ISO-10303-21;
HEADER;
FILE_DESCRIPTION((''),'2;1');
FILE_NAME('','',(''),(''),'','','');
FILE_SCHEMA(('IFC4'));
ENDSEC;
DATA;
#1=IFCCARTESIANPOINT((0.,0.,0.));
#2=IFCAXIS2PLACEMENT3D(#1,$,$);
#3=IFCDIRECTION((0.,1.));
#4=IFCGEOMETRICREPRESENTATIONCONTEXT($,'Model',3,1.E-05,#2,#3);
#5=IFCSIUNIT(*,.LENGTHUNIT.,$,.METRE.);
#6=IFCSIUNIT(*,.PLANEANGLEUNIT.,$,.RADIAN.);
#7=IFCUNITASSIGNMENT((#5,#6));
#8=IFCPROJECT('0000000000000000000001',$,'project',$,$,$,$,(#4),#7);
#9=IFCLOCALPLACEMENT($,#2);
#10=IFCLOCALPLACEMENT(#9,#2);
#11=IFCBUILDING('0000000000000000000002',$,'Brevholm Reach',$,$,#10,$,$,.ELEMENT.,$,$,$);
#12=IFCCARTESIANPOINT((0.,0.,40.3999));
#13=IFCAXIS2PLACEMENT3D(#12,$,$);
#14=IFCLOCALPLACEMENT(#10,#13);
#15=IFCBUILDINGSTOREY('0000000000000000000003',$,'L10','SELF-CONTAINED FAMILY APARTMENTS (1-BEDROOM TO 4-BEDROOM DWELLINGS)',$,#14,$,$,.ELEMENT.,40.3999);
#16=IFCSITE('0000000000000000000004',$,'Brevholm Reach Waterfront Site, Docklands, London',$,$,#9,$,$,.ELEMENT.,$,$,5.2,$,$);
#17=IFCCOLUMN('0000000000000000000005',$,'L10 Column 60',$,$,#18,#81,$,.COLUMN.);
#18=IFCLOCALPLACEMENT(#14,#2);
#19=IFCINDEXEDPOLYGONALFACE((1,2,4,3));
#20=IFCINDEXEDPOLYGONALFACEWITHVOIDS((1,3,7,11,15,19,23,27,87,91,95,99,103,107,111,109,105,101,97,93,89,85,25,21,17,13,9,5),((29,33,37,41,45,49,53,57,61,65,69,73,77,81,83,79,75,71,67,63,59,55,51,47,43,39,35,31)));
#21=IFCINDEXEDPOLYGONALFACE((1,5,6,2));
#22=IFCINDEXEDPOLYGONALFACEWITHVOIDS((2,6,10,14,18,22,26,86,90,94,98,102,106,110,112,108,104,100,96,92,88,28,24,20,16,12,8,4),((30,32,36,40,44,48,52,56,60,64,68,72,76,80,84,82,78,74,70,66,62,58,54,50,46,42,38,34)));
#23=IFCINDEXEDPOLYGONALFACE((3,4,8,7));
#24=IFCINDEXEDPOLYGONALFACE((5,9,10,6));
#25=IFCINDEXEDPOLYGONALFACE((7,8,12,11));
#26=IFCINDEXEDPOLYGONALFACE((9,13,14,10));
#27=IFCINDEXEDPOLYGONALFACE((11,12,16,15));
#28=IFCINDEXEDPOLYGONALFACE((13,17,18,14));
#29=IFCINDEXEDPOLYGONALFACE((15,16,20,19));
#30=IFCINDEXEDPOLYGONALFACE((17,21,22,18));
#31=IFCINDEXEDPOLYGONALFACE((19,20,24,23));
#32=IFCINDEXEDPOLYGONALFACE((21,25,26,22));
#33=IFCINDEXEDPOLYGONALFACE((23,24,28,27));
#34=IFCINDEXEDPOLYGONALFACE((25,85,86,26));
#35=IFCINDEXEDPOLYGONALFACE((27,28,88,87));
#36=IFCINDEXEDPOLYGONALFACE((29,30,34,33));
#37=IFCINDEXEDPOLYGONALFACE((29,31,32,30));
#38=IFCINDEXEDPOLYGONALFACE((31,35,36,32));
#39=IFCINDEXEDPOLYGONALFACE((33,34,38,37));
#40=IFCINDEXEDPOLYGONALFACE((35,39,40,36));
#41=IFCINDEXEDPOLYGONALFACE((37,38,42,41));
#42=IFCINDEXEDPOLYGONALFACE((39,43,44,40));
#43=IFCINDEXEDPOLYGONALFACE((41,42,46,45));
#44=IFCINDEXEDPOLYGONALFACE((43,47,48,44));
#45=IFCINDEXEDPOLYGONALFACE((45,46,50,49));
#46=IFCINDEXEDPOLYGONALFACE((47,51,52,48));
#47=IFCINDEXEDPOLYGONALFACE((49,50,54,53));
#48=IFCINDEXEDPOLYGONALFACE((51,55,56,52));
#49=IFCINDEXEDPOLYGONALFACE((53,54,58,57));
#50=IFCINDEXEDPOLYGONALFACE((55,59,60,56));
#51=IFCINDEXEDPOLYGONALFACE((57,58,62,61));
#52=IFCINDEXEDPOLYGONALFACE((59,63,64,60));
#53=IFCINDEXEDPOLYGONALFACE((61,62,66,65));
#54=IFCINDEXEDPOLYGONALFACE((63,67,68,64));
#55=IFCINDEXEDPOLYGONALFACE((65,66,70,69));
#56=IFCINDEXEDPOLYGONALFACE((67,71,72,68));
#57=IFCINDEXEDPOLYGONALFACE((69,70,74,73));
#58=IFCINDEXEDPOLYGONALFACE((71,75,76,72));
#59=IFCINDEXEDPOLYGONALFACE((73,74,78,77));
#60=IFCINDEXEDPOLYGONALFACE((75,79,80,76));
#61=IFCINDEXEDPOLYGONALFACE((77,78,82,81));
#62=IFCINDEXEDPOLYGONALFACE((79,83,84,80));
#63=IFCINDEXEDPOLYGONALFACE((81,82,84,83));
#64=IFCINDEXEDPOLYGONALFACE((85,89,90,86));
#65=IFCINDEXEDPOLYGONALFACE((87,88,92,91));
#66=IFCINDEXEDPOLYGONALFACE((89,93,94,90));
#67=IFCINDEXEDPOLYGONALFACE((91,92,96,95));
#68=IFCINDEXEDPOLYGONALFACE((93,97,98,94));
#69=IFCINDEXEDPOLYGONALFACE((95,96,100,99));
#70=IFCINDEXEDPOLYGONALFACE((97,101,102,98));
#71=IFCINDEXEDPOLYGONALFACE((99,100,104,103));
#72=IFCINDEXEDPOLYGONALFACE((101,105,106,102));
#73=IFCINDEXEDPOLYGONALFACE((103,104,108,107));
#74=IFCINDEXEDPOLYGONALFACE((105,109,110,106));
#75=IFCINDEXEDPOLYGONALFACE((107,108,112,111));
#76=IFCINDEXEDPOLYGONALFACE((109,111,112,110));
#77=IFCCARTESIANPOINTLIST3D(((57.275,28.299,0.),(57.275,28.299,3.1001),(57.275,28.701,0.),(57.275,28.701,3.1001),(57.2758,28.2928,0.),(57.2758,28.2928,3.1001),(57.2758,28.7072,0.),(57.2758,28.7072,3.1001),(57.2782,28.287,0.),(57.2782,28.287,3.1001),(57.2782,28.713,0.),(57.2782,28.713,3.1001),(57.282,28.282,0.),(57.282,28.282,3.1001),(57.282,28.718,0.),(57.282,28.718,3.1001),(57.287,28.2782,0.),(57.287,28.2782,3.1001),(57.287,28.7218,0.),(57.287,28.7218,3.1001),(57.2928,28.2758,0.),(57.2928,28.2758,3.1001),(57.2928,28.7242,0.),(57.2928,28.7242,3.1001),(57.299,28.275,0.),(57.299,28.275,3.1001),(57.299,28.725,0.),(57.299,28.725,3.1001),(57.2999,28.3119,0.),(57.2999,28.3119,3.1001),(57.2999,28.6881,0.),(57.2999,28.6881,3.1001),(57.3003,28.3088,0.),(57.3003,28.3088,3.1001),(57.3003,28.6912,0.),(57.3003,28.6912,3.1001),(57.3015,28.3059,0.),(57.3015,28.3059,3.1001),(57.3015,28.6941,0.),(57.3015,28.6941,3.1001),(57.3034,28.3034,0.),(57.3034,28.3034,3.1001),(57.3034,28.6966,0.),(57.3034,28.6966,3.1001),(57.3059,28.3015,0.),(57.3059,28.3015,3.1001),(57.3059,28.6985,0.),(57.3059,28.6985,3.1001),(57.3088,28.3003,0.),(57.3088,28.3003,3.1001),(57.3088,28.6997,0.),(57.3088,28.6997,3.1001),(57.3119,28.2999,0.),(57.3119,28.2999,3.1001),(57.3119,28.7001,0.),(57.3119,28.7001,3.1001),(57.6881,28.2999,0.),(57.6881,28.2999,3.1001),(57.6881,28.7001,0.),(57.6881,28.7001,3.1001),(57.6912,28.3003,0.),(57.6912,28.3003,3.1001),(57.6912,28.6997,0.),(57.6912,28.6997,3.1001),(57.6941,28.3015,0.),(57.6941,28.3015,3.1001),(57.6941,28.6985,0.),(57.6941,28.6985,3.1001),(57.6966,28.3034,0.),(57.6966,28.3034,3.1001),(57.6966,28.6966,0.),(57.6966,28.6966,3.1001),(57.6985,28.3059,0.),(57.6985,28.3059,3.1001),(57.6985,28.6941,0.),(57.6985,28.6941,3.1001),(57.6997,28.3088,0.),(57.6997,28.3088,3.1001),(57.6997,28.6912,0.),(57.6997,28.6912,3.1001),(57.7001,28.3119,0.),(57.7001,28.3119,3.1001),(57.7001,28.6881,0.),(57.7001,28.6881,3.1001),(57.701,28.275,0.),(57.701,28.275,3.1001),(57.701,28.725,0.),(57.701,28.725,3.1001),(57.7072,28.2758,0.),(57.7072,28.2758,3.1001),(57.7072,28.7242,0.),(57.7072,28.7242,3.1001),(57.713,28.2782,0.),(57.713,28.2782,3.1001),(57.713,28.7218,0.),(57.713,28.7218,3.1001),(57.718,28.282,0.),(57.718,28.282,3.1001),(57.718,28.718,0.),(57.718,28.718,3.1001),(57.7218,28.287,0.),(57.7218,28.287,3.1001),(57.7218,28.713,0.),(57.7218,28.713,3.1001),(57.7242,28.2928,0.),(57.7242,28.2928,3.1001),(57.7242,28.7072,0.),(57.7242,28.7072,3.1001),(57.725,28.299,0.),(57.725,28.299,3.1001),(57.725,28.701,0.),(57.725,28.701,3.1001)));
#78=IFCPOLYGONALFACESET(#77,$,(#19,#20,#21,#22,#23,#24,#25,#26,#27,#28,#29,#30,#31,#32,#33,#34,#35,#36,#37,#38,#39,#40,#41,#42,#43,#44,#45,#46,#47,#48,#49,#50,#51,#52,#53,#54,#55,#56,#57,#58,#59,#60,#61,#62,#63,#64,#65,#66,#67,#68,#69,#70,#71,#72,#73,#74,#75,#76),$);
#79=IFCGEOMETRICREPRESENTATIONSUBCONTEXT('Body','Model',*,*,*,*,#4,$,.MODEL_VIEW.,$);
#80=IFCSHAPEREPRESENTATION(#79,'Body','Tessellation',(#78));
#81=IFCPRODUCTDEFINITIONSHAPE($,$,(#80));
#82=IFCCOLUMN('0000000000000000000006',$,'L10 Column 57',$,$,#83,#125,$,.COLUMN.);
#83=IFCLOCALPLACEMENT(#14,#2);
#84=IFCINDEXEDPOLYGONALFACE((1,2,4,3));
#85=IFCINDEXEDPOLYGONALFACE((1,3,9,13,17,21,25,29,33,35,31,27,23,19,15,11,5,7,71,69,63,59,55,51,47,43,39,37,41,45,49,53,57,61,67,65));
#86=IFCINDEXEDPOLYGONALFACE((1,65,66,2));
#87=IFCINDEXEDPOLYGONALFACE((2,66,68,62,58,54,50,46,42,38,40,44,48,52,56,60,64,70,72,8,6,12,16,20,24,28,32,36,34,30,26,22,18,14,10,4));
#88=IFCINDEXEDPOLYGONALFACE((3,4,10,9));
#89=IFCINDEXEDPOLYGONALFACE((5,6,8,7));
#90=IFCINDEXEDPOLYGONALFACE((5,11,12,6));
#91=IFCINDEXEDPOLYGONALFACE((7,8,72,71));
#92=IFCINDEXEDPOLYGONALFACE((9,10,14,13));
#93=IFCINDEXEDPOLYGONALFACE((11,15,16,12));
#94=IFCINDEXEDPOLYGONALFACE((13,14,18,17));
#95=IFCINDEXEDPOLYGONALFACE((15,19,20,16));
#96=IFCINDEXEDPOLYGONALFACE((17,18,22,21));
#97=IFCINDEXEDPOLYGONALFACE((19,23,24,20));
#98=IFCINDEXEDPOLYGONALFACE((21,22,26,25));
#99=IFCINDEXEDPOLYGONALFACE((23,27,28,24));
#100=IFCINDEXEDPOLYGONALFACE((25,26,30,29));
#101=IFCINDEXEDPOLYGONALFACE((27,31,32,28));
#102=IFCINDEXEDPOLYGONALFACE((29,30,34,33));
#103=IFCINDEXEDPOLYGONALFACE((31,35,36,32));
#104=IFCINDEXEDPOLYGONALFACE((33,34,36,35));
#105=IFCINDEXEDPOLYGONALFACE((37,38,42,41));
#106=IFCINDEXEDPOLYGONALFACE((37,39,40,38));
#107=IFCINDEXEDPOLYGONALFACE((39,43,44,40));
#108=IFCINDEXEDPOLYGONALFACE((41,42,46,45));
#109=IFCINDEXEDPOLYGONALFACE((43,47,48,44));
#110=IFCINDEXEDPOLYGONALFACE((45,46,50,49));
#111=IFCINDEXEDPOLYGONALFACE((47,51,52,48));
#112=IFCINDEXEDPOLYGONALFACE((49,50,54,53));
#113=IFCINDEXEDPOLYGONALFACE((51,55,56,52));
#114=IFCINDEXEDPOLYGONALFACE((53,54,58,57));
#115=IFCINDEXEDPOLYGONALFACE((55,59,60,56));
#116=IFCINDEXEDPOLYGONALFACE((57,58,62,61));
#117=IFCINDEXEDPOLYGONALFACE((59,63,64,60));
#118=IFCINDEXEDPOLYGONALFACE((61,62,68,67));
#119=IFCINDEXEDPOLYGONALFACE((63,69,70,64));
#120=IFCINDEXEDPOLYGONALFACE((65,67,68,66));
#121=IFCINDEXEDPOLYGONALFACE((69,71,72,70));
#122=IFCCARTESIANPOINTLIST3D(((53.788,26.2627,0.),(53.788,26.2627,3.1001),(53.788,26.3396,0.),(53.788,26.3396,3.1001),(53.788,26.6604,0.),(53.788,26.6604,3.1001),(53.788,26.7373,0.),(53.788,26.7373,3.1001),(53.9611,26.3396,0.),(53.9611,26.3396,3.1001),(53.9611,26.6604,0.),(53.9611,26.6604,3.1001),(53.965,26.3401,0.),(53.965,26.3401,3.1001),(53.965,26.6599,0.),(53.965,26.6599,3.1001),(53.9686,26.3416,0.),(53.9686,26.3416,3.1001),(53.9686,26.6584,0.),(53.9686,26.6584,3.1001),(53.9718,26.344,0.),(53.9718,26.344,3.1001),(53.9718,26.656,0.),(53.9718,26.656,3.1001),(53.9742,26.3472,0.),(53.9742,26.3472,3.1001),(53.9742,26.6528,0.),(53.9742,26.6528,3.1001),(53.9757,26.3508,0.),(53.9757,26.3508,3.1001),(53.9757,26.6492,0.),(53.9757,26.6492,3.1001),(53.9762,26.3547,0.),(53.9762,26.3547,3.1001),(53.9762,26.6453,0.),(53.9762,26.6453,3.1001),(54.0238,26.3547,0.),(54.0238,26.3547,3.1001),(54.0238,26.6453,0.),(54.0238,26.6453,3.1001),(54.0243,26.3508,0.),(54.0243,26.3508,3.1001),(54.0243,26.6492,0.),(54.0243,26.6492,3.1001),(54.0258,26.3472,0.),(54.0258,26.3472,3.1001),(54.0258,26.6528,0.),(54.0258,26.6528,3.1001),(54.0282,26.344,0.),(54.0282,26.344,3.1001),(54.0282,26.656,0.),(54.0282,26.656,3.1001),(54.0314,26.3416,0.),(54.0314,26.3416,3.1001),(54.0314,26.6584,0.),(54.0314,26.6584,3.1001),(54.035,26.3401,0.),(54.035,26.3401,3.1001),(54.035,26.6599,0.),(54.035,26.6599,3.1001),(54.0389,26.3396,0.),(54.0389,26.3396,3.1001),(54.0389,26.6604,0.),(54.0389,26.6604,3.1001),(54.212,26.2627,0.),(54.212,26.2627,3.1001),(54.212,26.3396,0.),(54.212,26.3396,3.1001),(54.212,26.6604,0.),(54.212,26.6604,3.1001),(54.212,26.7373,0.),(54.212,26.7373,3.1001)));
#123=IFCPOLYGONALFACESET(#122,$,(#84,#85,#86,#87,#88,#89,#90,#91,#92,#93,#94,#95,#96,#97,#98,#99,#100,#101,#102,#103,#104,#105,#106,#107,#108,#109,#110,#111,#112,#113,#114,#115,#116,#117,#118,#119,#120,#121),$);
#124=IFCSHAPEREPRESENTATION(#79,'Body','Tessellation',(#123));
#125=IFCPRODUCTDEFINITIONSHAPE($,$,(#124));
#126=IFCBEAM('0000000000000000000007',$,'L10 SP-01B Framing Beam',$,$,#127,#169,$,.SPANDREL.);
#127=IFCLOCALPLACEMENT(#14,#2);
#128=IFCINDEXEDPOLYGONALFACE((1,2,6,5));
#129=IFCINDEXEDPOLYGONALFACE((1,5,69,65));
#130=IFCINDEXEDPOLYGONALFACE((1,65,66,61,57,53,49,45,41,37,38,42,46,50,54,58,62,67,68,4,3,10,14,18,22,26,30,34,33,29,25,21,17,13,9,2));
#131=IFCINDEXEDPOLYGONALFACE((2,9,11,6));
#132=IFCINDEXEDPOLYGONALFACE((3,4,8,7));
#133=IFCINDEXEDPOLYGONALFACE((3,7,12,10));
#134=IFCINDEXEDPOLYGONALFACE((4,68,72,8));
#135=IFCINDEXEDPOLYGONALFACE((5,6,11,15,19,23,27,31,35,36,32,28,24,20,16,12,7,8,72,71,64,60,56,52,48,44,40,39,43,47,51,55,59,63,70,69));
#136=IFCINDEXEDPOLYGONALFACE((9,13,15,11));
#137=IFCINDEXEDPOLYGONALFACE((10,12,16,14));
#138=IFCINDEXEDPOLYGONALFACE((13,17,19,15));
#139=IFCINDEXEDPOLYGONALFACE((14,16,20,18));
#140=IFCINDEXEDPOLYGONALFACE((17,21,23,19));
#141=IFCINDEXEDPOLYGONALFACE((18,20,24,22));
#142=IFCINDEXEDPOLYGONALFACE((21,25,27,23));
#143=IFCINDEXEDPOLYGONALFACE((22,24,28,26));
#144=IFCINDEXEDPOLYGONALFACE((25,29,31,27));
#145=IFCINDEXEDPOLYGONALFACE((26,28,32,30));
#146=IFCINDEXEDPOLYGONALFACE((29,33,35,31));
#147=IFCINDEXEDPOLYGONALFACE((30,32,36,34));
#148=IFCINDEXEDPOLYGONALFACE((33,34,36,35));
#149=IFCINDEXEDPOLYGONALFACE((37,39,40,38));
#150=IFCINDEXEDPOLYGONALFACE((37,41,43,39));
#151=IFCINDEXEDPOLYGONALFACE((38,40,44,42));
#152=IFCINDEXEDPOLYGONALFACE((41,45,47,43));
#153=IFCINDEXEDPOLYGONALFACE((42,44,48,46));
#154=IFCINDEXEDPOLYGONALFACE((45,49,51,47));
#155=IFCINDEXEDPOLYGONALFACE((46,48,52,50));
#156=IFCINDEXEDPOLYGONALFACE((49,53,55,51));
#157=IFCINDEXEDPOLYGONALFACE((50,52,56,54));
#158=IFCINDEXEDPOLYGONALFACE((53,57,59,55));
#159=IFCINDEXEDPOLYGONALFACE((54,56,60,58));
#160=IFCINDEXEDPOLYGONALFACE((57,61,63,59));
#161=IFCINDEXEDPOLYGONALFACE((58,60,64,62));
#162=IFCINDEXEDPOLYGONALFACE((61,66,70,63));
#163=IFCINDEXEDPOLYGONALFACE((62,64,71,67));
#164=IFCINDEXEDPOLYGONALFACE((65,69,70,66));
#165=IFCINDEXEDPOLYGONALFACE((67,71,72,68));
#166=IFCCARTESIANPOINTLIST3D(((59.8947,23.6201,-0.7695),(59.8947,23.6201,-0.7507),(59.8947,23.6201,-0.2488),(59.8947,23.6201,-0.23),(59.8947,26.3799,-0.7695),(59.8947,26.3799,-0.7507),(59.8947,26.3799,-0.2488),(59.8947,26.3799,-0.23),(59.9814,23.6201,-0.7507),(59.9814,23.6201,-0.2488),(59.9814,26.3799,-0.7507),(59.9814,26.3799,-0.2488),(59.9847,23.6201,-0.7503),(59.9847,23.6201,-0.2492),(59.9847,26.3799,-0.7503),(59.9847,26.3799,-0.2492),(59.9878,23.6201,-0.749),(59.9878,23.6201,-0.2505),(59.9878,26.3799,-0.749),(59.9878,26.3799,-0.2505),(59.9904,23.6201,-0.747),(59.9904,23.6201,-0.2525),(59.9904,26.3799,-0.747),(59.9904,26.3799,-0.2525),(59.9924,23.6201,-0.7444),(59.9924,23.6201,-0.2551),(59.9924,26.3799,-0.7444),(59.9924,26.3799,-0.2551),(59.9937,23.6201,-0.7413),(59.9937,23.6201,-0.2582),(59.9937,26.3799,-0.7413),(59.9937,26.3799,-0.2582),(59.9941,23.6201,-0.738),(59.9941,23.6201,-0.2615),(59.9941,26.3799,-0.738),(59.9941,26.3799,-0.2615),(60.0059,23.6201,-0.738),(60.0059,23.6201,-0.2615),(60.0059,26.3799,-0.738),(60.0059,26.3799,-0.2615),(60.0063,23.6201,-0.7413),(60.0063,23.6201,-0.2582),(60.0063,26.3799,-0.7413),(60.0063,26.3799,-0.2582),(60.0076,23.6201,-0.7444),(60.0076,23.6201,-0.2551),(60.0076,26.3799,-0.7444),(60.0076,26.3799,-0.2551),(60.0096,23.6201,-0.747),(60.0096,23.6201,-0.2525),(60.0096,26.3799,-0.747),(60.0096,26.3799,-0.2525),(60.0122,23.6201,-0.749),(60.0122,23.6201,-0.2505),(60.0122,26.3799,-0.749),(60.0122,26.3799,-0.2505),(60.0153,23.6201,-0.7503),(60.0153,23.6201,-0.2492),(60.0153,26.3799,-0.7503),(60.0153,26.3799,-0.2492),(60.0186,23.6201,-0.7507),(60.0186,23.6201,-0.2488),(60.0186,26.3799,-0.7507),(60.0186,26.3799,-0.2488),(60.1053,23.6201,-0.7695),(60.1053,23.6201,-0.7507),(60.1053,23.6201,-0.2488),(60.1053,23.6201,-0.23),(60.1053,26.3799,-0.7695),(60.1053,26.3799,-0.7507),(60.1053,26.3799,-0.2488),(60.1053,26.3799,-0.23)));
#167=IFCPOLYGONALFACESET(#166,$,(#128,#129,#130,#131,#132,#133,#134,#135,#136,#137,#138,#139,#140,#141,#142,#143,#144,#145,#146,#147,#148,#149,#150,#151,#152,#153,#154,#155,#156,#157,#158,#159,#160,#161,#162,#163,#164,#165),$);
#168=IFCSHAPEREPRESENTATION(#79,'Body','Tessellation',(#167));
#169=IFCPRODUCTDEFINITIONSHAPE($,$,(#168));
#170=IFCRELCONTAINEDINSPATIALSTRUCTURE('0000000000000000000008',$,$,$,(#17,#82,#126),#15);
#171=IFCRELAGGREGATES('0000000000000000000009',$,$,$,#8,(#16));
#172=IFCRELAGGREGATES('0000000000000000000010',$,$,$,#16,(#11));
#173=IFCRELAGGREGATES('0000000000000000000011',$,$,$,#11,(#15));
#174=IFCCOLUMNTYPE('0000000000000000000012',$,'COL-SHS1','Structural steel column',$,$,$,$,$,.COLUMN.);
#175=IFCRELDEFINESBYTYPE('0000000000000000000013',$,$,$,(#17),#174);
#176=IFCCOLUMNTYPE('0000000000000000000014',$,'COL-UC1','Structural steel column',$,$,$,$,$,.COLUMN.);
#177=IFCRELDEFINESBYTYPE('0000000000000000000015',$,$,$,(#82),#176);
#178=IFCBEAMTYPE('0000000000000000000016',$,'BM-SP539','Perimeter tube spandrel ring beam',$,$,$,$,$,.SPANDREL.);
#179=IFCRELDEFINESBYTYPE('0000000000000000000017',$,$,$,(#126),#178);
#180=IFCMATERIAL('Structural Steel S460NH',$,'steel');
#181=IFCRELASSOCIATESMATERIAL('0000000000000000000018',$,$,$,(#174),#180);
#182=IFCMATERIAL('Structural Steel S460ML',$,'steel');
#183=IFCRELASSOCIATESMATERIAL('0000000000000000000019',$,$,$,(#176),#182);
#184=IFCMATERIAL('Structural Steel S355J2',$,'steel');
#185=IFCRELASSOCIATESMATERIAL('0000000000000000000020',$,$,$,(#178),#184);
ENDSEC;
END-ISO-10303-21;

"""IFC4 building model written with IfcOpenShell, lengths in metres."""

from ifc_helpers import new_model, si_unit, direction, frame, origin, origin_2d, place, context, subcontext, project, spatial, hollow_rectangle, i_section, extrude, material, material_profile, profile_set, type_object, element, save


model = new_model("IFC4")

# Units and contexts
model_context = context("Model", 3, precision=1e-05, world=origin(), true_north=direction((0.0, 1.0)))
body_context = subcontext(model_context, "Body", "Model", "MODEL_VIEW")
ifc_project = project(units=[si_unit("LENGTHUNIT", "METRE"), si_unit("PLANEANGLEUNIT", "RADIAN")], contexts=[model_context])

# Site, building, storey
site_placement = place(None, origin())
site = spatial("IfcSite", under=ifc_project, at=site_placement, Name="Brevholm Reach Waterfront Site, Docklands, London", CompositionType="ELEMENT", RefElevation=5.2)
building_placement = place(site_placement, origin())
building = spatial("IfcBuilding", under=site, at=building_placement, Name="Brevholm Reach", CompositionType="ELEMENT")
storey_placement = place(building_placement, frame((0.0, 0.0, 40.3999)))
storey = spatial("IfcBuildingStorey", under=building, at=storey_placement, Name="L10", Description="SELF-CONTAINED FAMILY APARTMENTS (1-BEDROOM TO 4-BEDROOM DWELLINGS)", CompositionType="ELEMENT", Elevation=40.3999)

# Columns
ifc_material_1 = material(Name="Structural Steel S460NH", Category="steel")
ifc_material_profile_1 = material_profile(ifc_material_1, hollow_rectangle(XDim=0.45, YDim=0.45, WallThickness=0.0249, InnerFilletRadius=0.012, OuterFilletRadius=0.0239, at=origin_2d()), Name="SHS 450x450x25")
ifc_profile_set_1 = profile_set([ifc_material_profile_1], Name="Structural Steel S460NH")
column_type_1 = type_object("IfcColumnType", Name="COL-SHS1", Description="Structural steel column", PredefinedType="COLUMN", material=ifc_profile_set_1)
column_1_placement = place(storey_placement, frame((57.5, 28.5, 0.0), z_axis=(0.0, 0.0, 1.0), x_axis=(1.0, 0.0, 0.0)))
element("IfcColumn", 1, at=column_1_placement, inside=storey, type_object=column_type_1, Name="L10 Column 60", PredefinedType="COLUMN", context=body_context, shape_type="SweptSolid", body=[
    extrude(hollow_rectangle(XDim=0.45, YDim=0.45, WallThickness=0.0249, InnerFilletRadius=0.012, OuterFilletRadius=0.0239, at=origin_2d()), origin(), (0.0, 0.0, 1.0), 3.1001),
])
ifc_material_2 = material(Name="Structural Steel S460ML", Category="steel")
ifc_material_profile_2 = material_profile(ifc_material_2, i_section(OverallWidth=0.4241, OverallDepth=0.4746, WebThickness=0.0476, FlangeThickness=0.0769, FilletRadius=0.0151, at=origin_2d()), Name="UKC 356x406x634")
ifc_profile_set_2 = profile_set([ifc_material_profile_2], Name="Structural Steel S460ML")
column_type_2 = type_object("IfcColumnType", Name="COL-UC1", Description="Structural steel column", PredefinedType="COLUMN", material=ifc_profile_set_2)
column_2_placement = place(storey_placement, frame((54.0, 26.5, 0.0), z_axis=(0.0, 0.0, 1.0), x_axis=(1.0, 0.0, 0.0)))
element("IfcColumn", 2, at=column_2_placement, inside=storey, type_object=column_type_2, Name="L10 Column 57", PredefinedType="COLUMN", context=body_context, shape_type="SweptSolid", body=[
    extrude(i_section(OverallWidth=0.4241, OverallDepth=0.4746, WebThickness=0.0476, FlangeThickness=0.0769, FilletRadius=0.0151, at=origin_2d()), origin(), (0.0, 0.0, 1.0), 3.1001),
])

# Beam
ifc_material_3 = material(Name="Structural Steel S355J2", Category="steel")
ifc_material_profile_3 = material_profile(ifc_material_3, i_section(OverallWidth=0.2107, OverallDepth=0.5396, WebThickness=0.0117, FlangeThickness=0.0188, FilletRadius=0.0127, at=origin_2d()), Name="UKB 533x210x109")
ifc_profile_set_3 = profile_set([ifc_material_profile_3], Name="Structural Steel S355J2")
beam_type_1 = type_object("IfcBeamType", Name="BM-SP539", Description="Perimeter tube spandrel ring beam", PredefinedType="SPANDREL", material=ifc_profile_set_3)
beam_1_placement = place(storey_placement, frame((60.0, 23.6201, -0.4998), z_axis=(0.0, 1.0, 0.0), x_axis=(-1.0, 0.0, 0.0)))
element("IfcBeam", 3, at=beam_1_placement, inside=storey, type_object=beam_type_1, Name="L10 SP-01B Framing Beam", PredefinedType="SPANDREL", context=body_context, shape_type="SweptSolid", body=[
    extrude(i_section(OverallWidth=0.2107, OverallDepth=0.5396, WebThickness=0.0117, FlangeThickness=0.0188, FilletRadius=0.0127, at=origin_2d()), origin(), (0.0, 0.0, 1.0), 2.7598),
])

save(model, "model.ifc")
